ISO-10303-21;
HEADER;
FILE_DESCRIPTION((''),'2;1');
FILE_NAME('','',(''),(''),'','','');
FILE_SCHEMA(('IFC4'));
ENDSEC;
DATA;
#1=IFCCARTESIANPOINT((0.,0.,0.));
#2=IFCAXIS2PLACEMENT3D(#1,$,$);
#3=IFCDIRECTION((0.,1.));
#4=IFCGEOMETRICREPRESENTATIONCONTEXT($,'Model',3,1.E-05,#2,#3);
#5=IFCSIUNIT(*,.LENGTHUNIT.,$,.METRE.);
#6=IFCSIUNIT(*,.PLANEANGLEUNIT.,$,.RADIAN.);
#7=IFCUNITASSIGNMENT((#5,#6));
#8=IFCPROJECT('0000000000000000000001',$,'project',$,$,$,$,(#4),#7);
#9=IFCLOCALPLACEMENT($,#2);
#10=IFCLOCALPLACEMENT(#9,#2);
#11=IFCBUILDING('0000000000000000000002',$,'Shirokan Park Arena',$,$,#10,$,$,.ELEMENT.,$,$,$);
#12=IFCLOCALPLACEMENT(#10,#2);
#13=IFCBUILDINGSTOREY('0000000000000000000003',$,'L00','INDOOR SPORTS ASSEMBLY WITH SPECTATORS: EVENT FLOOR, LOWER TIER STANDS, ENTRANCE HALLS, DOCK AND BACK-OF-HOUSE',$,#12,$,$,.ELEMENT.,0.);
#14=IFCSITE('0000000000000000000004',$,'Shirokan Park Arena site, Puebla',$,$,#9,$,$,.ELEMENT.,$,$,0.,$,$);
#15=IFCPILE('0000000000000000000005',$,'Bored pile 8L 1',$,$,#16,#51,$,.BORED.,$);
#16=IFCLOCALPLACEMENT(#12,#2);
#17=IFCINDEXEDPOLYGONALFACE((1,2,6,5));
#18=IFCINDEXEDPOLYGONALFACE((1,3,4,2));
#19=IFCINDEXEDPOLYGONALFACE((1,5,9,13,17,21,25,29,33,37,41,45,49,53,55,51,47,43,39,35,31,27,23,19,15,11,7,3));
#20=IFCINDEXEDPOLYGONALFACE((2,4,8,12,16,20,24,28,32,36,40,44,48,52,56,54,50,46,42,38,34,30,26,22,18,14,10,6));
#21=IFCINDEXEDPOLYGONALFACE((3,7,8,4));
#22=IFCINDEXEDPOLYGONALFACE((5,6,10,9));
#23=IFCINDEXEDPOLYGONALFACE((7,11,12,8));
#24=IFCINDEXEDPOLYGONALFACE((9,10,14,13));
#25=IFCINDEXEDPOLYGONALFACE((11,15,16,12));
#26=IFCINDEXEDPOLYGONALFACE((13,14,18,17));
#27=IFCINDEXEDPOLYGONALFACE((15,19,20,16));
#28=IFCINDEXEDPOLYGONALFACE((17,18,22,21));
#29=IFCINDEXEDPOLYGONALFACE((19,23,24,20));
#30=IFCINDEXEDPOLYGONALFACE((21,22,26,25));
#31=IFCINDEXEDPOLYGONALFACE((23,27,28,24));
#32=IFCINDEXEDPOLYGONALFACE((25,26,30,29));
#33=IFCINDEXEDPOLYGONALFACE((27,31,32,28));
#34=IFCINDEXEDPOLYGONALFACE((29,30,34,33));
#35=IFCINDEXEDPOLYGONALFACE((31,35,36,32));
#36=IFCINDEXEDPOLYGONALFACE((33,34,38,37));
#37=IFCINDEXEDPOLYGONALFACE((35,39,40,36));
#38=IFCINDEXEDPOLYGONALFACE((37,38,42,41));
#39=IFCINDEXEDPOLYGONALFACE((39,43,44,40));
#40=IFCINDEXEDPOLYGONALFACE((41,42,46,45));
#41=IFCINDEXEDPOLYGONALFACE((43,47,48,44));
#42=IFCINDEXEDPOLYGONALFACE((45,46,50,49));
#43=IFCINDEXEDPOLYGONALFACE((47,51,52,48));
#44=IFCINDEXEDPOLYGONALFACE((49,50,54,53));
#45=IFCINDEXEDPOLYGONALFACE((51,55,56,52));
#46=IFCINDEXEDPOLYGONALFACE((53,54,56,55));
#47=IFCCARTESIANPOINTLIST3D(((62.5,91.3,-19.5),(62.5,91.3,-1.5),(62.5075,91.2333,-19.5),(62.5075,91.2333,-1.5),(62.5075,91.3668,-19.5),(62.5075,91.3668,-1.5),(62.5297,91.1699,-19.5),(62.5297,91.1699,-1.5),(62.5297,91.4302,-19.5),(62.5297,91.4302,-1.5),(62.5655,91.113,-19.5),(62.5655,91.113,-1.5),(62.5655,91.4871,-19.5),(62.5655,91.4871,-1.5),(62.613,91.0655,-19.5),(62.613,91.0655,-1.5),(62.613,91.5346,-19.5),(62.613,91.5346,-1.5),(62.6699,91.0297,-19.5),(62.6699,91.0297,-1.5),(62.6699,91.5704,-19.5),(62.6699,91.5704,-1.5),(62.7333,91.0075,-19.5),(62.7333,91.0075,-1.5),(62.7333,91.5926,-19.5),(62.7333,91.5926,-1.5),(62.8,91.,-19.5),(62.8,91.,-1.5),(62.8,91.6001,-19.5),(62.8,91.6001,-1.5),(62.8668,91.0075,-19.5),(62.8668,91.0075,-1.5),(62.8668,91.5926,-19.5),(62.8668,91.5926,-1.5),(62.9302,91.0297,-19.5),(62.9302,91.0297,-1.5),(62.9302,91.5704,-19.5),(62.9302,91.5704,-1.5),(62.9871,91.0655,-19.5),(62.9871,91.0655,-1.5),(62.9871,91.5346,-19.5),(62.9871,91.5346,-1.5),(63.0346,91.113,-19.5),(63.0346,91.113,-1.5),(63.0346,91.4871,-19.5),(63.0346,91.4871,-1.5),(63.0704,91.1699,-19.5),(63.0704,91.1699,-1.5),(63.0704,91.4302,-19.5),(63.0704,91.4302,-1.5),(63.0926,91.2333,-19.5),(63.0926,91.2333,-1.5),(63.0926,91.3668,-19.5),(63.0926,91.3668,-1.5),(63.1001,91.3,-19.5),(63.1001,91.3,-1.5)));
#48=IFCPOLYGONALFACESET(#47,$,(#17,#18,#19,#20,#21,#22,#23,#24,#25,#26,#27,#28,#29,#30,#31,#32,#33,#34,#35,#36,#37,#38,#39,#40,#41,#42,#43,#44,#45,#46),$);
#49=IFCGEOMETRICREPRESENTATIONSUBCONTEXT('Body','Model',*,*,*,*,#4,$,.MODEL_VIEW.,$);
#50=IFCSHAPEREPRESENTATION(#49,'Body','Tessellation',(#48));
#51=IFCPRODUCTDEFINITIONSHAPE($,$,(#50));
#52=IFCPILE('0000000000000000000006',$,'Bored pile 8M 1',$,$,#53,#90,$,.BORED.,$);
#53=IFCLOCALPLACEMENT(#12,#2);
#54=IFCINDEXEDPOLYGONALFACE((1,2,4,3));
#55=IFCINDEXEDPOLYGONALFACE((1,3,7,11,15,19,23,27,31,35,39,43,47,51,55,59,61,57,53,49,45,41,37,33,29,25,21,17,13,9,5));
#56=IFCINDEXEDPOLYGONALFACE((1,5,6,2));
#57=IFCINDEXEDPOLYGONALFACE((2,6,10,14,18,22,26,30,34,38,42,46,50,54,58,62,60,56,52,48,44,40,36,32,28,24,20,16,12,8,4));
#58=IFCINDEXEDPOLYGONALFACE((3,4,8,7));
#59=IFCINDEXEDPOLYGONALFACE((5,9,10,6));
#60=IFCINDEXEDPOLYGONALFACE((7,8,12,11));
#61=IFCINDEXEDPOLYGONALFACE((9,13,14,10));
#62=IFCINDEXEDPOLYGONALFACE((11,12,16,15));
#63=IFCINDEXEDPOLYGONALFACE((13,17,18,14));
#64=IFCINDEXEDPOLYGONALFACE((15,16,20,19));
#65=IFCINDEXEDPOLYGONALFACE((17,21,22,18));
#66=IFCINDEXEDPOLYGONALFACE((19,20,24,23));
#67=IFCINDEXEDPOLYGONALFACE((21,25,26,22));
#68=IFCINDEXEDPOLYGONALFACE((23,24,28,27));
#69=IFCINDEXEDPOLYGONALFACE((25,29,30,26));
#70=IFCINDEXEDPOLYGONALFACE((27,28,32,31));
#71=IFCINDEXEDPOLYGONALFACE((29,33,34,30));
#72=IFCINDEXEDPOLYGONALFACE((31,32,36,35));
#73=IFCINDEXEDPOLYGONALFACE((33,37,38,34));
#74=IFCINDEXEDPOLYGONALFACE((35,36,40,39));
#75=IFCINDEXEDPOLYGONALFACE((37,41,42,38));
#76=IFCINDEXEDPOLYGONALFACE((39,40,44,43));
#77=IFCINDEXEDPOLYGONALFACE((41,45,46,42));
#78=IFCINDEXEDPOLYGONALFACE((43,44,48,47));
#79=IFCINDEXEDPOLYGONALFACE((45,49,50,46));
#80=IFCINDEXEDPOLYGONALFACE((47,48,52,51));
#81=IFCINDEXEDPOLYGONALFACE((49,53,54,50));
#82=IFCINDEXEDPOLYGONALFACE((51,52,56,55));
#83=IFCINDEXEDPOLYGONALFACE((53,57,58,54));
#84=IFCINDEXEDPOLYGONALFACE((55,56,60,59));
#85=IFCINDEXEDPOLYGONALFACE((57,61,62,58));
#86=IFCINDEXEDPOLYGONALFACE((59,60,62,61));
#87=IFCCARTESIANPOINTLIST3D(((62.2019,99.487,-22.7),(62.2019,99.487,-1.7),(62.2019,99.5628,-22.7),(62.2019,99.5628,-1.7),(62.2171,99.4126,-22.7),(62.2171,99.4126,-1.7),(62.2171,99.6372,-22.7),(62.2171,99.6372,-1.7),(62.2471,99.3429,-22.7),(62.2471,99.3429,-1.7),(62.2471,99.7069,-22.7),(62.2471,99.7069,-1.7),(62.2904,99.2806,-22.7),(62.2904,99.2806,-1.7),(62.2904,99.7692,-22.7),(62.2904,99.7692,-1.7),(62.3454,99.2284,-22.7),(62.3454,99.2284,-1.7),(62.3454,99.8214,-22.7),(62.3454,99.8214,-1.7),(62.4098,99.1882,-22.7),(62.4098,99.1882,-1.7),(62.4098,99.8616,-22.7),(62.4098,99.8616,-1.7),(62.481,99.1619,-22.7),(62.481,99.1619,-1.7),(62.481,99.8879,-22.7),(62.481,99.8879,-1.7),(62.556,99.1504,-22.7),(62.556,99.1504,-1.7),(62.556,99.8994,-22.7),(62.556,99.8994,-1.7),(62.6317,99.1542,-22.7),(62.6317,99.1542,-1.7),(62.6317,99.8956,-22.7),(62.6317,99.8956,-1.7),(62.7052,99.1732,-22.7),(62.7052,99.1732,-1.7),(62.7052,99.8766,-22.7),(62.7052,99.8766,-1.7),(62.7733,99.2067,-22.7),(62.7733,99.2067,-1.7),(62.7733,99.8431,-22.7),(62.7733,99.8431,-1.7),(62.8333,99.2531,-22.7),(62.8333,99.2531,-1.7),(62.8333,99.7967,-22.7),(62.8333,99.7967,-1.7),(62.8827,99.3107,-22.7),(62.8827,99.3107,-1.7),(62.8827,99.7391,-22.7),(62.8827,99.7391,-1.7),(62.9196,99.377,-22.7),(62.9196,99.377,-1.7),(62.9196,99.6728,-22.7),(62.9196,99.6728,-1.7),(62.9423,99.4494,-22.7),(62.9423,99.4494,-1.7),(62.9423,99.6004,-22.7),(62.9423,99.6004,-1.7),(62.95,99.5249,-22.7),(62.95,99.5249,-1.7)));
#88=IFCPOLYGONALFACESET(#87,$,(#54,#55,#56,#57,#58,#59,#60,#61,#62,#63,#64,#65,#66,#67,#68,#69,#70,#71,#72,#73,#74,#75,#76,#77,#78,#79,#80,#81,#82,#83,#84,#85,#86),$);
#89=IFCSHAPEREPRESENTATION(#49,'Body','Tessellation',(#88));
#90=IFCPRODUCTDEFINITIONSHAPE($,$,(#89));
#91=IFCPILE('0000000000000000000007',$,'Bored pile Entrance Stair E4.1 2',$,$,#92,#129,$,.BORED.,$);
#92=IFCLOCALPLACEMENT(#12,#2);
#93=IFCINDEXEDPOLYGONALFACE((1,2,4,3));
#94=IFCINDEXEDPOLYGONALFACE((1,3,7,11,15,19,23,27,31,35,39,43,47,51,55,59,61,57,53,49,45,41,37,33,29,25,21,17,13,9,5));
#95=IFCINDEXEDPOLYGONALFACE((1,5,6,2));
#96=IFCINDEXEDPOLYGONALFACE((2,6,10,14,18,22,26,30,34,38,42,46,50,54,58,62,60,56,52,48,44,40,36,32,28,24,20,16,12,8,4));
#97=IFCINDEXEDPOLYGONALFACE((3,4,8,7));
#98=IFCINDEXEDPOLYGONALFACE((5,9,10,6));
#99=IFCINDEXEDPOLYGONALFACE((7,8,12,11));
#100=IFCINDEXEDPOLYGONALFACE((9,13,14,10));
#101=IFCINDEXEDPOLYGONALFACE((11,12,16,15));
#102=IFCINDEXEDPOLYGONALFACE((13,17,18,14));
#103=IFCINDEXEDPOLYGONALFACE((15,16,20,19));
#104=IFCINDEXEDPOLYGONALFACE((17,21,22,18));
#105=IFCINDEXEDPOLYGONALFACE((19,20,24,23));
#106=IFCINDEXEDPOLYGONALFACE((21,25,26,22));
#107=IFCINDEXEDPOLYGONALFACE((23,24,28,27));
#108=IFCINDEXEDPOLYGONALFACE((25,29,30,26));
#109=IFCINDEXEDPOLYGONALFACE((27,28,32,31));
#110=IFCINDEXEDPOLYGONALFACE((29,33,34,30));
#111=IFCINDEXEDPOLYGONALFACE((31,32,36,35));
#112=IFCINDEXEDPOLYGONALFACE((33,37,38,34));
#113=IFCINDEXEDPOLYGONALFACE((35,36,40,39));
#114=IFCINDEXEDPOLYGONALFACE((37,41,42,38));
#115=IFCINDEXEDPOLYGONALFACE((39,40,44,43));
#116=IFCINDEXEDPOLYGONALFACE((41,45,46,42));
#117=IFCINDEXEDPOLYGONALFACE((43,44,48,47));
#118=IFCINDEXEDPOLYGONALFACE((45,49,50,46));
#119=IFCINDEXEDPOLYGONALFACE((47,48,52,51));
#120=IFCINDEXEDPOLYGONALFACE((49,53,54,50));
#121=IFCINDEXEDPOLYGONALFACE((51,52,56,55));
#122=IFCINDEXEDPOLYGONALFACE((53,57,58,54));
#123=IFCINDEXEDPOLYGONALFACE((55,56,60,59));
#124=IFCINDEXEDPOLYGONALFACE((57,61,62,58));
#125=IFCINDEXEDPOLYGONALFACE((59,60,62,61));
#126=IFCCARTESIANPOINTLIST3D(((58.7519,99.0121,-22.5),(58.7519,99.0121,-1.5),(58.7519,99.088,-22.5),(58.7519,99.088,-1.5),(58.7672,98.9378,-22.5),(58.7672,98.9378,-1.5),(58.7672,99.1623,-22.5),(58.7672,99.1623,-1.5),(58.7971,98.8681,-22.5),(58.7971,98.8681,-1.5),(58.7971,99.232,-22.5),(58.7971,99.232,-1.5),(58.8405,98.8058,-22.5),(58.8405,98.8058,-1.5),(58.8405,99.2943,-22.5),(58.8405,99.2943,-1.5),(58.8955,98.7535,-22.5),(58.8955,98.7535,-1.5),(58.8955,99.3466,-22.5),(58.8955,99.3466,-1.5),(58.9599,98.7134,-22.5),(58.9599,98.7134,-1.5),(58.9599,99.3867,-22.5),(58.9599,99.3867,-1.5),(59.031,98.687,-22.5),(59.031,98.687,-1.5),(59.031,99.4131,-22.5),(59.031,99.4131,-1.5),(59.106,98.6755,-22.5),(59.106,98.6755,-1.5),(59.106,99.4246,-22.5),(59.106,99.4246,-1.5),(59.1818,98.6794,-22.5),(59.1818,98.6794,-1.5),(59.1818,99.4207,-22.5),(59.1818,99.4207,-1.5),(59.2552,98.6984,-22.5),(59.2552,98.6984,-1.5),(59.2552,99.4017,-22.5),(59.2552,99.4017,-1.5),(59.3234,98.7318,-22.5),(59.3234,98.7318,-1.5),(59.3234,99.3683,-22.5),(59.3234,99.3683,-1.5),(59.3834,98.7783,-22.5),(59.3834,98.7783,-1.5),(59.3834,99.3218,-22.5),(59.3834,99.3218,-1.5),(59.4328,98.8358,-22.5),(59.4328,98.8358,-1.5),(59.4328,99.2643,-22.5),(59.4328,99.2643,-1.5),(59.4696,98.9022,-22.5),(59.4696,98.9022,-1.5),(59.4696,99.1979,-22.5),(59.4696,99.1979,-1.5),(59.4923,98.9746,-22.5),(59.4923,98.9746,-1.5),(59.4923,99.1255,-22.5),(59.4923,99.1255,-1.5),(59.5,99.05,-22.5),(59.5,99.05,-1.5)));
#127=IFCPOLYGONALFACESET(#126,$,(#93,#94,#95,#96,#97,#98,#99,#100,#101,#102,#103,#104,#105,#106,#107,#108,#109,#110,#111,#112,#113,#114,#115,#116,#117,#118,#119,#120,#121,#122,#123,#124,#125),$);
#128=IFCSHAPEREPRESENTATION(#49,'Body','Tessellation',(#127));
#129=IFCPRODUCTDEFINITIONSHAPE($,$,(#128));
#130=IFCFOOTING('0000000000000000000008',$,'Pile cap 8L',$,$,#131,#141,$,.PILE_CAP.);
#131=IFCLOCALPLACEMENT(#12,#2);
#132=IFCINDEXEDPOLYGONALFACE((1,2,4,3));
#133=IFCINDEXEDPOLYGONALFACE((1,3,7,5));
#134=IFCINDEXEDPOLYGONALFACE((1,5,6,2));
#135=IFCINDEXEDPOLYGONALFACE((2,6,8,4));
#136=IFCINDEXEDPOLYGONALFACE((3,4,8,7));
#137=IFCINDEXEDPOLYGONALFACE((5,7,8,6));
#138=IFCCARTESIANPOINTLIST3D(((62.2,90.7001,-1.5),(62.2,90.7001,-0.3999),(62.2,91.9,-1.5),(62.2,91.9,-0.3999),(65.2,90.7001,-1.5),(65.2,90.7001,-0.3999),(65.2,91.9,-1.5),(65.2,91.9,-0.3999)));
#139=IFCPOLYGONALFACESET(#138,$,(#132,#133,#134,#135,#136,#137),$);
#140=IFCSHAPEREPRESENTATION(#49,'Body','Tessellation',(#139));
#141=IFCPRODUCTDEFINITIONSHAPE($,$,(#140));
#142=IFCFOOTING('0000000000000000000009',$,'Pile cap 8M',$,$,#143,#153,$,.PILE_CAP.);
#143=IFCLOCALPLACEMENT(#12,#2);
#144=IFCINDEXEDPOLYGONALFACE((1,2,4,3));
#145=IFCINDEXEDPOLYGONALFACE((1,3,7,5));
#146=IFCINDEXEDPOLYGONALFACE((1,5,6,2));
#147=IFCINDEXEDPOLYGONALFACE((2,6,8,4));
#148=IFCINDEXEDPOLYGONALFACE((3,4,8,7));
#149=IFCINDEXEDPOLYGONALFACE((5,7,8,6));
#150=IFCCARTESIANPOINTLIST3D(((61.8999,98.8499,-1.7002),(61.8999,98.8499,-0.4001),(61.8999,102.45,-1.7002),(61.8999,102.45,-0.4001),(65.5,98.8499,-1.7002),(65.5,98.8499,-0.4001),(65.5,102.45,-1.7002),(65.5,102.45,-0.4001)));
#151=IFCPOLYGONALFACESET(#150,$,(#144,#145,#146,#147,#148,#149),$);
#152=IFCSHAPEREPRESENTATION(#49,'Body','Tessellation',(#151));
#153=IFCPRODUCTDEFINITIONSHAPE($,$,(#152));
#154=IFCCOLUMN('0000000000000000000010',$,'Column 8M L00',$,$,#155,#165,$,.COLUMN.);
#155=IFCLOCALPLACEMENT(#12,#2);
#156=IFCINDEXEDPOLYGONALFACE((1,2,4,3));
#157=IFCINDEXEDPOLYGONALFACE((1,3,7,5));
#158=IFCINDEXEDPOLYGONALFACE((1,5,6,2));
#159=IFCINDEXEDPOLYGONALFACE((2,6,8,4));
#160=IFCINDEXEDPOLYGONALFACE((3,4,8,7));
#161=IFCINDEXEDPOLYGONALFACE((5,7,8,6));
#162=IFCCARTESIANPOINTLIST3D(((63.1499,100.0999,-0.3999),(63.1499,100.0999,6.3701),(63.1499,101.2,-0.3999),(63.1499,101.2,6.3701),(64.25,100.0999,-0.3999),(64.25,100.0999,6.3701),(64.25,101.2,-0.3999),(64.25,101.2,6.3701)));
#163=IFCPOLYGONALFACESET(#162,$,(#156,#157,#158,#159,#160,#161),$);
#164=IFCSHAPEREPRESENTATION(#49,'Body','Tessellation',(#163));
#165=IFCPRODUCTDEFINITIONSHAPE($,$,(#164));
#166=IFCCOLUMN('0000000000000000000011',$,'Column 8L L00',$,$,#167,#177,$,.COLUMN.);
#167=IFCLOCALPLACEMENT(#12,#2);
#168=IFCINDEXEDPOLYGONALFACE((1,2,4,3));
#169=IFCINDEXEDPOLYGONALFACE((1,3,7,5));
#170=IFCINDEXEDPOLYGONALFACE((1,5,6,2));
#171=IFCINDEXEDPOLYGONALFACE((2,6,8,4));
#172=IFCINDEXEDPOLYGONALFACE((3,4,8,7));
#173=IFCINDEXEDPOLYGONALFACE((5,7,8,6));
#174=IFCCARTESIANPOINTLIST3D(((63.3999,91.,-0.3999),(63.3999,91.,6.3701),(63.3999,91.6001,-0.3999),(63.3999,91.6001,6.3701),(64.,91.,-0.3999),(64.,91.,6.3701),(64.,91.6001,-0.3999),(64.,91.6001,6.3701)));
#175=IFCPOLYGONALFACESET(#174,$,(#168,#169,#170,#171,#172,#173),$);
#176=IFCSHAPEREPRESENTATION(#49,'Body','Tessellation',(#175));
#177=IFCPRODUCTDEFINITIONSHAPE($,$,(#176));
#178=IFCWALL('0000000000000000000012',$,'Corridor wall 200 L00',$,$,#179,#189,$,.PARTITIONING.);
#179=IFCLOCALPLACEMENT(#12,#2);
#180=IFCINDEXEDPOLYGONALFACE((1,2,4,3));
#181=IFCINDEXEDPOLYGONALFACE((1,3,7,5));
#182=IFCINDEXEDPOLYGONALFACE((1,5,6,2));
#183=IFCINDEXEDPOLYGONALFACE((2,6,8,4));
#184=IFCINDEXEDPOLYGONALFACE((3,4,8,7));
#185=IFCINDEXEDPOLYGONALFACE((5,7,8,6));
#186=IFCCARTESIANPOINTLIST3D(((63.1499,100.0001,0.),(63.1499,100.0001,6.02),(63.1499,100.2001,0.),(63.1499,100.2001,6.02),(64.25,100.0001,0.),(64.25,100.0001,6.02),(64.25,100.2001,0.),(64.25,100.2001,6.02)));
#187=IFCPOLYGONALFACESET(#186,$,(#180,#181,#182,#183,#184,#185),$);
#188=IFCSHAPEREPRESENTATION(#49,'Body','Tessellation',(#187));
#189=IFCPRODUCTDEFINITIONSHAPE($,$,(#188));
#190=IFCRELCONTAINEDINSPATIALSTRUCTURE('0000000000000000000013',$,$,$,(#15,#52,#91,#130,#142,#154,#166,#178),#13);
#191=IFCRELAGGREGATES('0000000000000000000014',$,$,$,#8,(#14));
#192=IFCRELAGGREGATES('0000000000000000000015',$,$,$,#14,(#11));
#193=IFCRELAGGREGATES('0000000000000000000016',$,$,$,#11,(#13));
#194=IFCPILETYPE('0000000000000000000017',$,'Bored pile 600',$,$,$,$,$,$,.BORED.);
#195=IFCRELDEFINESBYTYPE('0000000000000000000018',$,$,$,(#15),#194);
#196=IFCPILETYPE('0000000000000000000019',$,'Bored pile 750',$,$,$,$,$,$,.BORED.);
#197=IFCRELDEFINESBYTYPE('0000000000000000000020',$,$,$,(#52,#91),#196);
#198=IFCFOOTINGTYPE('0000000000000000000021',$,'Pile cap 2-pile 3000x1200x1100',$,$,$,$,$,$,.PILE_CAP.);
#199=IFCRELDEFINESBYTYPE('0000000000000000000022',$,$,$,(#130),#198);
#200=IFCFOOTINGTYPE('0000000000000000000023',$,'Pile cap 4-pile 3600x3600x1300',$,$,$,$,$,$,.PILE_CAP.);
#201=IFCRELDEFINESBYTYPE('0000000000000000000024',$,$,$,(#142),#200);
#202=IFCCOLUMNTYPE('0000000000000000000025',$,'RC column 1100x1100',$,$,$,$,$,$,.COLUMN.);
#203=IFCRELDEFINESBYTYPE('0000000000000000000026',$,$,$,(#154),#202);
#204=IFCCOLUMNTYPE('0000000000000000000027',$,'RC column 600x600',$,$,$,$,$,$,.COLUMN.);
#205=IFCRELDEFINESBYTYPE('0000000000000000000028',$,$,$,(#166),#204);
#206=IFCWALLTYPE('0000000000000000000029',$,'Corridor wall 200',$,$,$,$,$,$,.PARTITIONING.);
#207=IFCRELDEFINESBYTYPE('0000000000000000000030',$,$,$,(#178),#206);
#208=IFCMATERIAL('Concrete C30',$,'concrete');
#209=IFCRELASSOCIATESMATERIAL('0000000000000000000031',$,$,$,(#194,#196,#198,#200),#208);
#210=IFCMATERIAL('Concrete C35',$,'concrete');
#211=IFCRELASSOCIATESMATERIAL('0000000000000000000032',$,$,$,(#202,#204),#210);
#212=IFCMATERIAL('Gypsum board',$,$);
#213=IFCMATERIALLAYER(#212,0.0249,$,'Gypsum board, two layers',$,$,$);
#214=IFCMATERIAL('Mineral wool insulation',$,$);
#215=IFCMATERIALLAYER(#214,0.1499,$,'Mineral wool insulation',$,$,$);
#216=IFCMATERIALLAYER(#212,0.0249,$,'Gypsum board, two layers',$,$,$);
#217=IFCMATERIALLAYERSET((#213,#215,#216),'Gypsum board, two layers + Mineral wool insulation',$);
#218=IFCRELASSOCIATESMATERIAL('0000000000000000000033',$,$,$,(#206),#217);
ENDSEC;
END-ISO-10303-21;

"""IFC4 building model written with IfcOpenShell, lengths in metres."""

from ifc_helpers import new_model, si_unit, direction, frame, frame_2d, origin, origin_2d, place, context, subcontext, project, spatial, rectangle, circle, extrude, material, layer, layer_set, material_profile, profile_set, type_object, element, save


model = new_model("IFC4")

# Units and contexts
model_context = context("Model", 3, precision=1e-05, world=origin(), true_north=direction((0.0, 1.0)))
body_context = subcontext(model_context, "Body", "Model", "MODEL_VIEW")
ifc_project = project(units=[si_unit("LENGTHUNIT", "METRE"), si_unit("PLANEANGLEUNIT", "RADIAN")], contexts=[model_context])

# Site, building, storey
site_placement = place(None, origin())
site = spatial("IfcSite", under=ifc_project, at=site_placement, Name="Shirokan Park Arena site, Puebla", CompositionType="ELEMENT", RefElevation=0.0)
building_placement = place(site_placement, origin())
building = spatial("IfcBuilding", under=site, at=building_placement, Name="Shirokan Park Arena", CompositionType="ELEMENT")
storey_placement = place(building_placement, origin())
storey = spatial("IfcBuildingStorey", under=building, at=storey_placement, Name="L00", Description="INDOOR SPORTS ASSEMBLY WITH SPECTATORS: EVENT FLOOR, LOWER TIER STANDS, ENTRANCE HALLS, DOCK AND BACK-OF-HOUSE", CompositionType="ELEMENT", Elevation=0.0)

# Piles
ifc_material_1 = material(Name="Concrete C30", Category="concrete")
ifc_material_profile_1 = material_profile(ifc_material_1, circle(Radius=0.3, at=origin_2d()), Name="D600")
ifc_profile_set_1 = profile_set([ifc_material_profile_1], Name="Concrete C30")
pile_type_1 = type_object("IfcPileType", Name="Bored pile 600", PredefinedType="BORED", material=ifc_profile_set_1)
pile_placement = place(storey_placement, frame((62.8, 91.3, -1.5), z_axis=(0.0, 0.0, -1.0), x_axis=(1.0, 0.0, 0.0)))
element("IfcPile", 1, at=pile_placement, inside=storey, type_object=pile_type_1, Name="Bored pile 8L 1", PredefinedType="BORED", context=body_context, shape_type="SweptSolid", body=[
    extrude(circle(Radius=0.3, at=origin_2d()), origin(), (0.0, 0.0, 1.0), 18.0),
])
ifc_material_profile_2 = material_profile(ifc_material_1, circle(Radius=0.375, at=origin_2d()), Name="D750")
ifc_profile_set_2 = profile_set([ifc_material_profile_2], Name="Concrete C30")
pile_type_2 = type_object("IfcPileType", Name="Bored pile 750", PredefinedType="BORED", material=ifc_profile_set_2)
for number, where, z_axis, x_axis, name in (
    (2, (62.575, 99.5249, -1.7), (0.0, 0.0, -1.0), (1.0, 0.0, 0.0), "Bored pile 8M 1"),
    (3, (59.125, 99.05, -1.5), (0.0, 0.0, -1.0), (1.0, 0.0, 0.0), "Bored pile Entrance Stair E4.1 2"),
):
    element("IfcPile", number, at=place(storey_placement, frame(where, z_axis=z_axis, x_axis=x_axis)), inside=storey, type_object=pile_type_2, Name=name, PredefinedType="BORED", context=body_context, shape_type="SweptSolid", body=[
        extrude(circle(Radius=0.375, at=origin_2d()), origin(), (0.0, 0.0, 1.0), 21.0),
    ])

# Footings
footing_type_1 = type_object("IfcFootingType", Name="Pile cap 2-pile 3000x1200x1100", PredefinedType="PILE_CAP", material=ifc_material_1)
footing_1_placement = place(storey_placement, frame((63.7, 91.3, -1.5), z_axis=(0.0, 0.0, 1.0), x_axis=(1.0, 0.0, 0.0)))
element("IfcFooting", 4, at=footing_1_placement, inside=storey, type_object=footing_type_1, Name="Pile cap 8L", PredefinedType="PILE_CAP", context=body_context, shape_type="SweptSolid", body=[
    extrude(rectangle(XDim=3.0, YDim=1.2, at=origin_2d()), origin(), (0.0, 0.0, 1.0), 1.1001),
])
footing_type_2 = type_object("IfcFootingType", Name="Pile cap 4-pile 3600x3600x1300", PredefinedType="PILE_CAP", material=ifc_material_1)
footing_2_placement = place(storey_placement, frame((63.7, 100.6499, -1.7002), z_axis=(0.0, 0.0, 1.0), x_axis=(1.0, 0.0, 0.0)))
element("IfcFooting", 5, at=footing_2_placement, inside=storey, type_object=footing_type_2, Name="Pile cap 8M", PredefinedType="PILE_CAP", context=body_context, shape_type="SweptSolid", body=[
    extrude(rectangle(XDim=3.6001, YDim=3.6001, at=origin_2d()), origin(), (0.0, 0.0, 1.0), 1.3),
])

# Columns
ifc_material_2 = material(Name="Concrete C35", Category="concrete")
ifc_material_profile_3 = material_profile(ifc_material_2, rectangle(XDim=1.1001, YDim=1.1001, at=origin_2d()), Name="1100x1100")
ifc_profile_set_3 = profile_set([ifc_material_profile_3], Name="Concrete C35")
column_type_1 = type_object("IfcColumnType", Name="RC column 1100x1100", PredefinedType="COLUMN", material=ifc_profile_set_3)
column_1_placement = place(storey_placement, frame((63.7, 100.6499, -0.3999), z_axis=(0.0, 0.0, 1.0), x_axis=(1.0, 0.0, 0.0)))
element("IfcColumn", 6, at=column_1_placement, inside=storey, type_object=column_type_1, Name="Column 8M L00", PredefinedType="COLUMN", context=body_context, shape_type="SweptSolid", body=[
    extrude(rectangle(XDim=1.1001, YDim=1.1001, at=origin_2d()), origin(), (0.0, 0.0, 1.0), 6.77),
])
ifc_material_profile_4 = material_profile(ifc_material_2, rectangle(XDim=0.6001, YDim=0.6001, at=origin_2d()), Name="600x600")
ifc_profile_set_4 = profile_set([ifc_material_profile_4], Name="Concrete C35")
column_type_2 = type_object("IfcColumnType", Name="RC column 600x600", PredefinedType="COLUMN", material=ifc_profile_set_4)
column_2_placement = place(storey_placement, frame((63.7, 91.3, -0.3999), z_axis=(0.0, 0.0, 1.0), x_axis=(1.0, 0.0, 0.0)))
element("IfcColumn", 7, at=column_2_placement, inside=storey, type_object=column_type_2, Name="Column 8L L00", PredefinedType="COLUMN", context=body_context, shape_type="SweptSolid", body=[
    extrude(rectangle(XDim=0.6001, YDim=0.6001, at=origin_2d()), origin(), (0.0, 0.0, 1.0), 6.77),
])

# Shared definitions
ifc_material_3 = material(Name="Gypsum board")
ifc_layer_1 = layer(ifc_material_3, 0.0249, Name="Gypsum board, two layers")
ifc_material_4 = material(Name="Mineral wool insulation")
ifc_layer_2 = layer(ifc_material_4, 0.1499, Name="Mineral wool insulation")
ifc_layer_3 = layer(ifc_material_3, 0.0249, Name="Gypsum board, two layers")
ifc_layer_set_1 = layer_set([ifc_layer_1, ifc_layer_2, ifc_layer_3], Name="Gypsum board, two layers + Mineral wool insulation")
wall_type_1 = type_object("IfcWallType", Name="Corridor wall 200", PredefinedType="PARTITIONING", material=ifc_layer_set_1)

# Wall
wall_1_placement = place(storey_placement, frame((63.1499, 100.1001, 0.0), z_axis=(0.0, 0.0, 1.0), x_axis=(1.0, 0.0, 0.0)))
element("IfcWall", 8, at=wall_1_placement, inside=storey, type_object=wall_type_1, Name="Corridor wall 200 L00", PredefinedType="PARTITIONING", context=body_context, shape_type="SweptSolid", body=[
    extrude(rectangle(XDim=1.1001, YDim=0.2, at=frame_2d((0.55, 0.0))), origin(), (0.0, 0.0, 1.0), 6.02),
])

save(model, "model.ifc")
